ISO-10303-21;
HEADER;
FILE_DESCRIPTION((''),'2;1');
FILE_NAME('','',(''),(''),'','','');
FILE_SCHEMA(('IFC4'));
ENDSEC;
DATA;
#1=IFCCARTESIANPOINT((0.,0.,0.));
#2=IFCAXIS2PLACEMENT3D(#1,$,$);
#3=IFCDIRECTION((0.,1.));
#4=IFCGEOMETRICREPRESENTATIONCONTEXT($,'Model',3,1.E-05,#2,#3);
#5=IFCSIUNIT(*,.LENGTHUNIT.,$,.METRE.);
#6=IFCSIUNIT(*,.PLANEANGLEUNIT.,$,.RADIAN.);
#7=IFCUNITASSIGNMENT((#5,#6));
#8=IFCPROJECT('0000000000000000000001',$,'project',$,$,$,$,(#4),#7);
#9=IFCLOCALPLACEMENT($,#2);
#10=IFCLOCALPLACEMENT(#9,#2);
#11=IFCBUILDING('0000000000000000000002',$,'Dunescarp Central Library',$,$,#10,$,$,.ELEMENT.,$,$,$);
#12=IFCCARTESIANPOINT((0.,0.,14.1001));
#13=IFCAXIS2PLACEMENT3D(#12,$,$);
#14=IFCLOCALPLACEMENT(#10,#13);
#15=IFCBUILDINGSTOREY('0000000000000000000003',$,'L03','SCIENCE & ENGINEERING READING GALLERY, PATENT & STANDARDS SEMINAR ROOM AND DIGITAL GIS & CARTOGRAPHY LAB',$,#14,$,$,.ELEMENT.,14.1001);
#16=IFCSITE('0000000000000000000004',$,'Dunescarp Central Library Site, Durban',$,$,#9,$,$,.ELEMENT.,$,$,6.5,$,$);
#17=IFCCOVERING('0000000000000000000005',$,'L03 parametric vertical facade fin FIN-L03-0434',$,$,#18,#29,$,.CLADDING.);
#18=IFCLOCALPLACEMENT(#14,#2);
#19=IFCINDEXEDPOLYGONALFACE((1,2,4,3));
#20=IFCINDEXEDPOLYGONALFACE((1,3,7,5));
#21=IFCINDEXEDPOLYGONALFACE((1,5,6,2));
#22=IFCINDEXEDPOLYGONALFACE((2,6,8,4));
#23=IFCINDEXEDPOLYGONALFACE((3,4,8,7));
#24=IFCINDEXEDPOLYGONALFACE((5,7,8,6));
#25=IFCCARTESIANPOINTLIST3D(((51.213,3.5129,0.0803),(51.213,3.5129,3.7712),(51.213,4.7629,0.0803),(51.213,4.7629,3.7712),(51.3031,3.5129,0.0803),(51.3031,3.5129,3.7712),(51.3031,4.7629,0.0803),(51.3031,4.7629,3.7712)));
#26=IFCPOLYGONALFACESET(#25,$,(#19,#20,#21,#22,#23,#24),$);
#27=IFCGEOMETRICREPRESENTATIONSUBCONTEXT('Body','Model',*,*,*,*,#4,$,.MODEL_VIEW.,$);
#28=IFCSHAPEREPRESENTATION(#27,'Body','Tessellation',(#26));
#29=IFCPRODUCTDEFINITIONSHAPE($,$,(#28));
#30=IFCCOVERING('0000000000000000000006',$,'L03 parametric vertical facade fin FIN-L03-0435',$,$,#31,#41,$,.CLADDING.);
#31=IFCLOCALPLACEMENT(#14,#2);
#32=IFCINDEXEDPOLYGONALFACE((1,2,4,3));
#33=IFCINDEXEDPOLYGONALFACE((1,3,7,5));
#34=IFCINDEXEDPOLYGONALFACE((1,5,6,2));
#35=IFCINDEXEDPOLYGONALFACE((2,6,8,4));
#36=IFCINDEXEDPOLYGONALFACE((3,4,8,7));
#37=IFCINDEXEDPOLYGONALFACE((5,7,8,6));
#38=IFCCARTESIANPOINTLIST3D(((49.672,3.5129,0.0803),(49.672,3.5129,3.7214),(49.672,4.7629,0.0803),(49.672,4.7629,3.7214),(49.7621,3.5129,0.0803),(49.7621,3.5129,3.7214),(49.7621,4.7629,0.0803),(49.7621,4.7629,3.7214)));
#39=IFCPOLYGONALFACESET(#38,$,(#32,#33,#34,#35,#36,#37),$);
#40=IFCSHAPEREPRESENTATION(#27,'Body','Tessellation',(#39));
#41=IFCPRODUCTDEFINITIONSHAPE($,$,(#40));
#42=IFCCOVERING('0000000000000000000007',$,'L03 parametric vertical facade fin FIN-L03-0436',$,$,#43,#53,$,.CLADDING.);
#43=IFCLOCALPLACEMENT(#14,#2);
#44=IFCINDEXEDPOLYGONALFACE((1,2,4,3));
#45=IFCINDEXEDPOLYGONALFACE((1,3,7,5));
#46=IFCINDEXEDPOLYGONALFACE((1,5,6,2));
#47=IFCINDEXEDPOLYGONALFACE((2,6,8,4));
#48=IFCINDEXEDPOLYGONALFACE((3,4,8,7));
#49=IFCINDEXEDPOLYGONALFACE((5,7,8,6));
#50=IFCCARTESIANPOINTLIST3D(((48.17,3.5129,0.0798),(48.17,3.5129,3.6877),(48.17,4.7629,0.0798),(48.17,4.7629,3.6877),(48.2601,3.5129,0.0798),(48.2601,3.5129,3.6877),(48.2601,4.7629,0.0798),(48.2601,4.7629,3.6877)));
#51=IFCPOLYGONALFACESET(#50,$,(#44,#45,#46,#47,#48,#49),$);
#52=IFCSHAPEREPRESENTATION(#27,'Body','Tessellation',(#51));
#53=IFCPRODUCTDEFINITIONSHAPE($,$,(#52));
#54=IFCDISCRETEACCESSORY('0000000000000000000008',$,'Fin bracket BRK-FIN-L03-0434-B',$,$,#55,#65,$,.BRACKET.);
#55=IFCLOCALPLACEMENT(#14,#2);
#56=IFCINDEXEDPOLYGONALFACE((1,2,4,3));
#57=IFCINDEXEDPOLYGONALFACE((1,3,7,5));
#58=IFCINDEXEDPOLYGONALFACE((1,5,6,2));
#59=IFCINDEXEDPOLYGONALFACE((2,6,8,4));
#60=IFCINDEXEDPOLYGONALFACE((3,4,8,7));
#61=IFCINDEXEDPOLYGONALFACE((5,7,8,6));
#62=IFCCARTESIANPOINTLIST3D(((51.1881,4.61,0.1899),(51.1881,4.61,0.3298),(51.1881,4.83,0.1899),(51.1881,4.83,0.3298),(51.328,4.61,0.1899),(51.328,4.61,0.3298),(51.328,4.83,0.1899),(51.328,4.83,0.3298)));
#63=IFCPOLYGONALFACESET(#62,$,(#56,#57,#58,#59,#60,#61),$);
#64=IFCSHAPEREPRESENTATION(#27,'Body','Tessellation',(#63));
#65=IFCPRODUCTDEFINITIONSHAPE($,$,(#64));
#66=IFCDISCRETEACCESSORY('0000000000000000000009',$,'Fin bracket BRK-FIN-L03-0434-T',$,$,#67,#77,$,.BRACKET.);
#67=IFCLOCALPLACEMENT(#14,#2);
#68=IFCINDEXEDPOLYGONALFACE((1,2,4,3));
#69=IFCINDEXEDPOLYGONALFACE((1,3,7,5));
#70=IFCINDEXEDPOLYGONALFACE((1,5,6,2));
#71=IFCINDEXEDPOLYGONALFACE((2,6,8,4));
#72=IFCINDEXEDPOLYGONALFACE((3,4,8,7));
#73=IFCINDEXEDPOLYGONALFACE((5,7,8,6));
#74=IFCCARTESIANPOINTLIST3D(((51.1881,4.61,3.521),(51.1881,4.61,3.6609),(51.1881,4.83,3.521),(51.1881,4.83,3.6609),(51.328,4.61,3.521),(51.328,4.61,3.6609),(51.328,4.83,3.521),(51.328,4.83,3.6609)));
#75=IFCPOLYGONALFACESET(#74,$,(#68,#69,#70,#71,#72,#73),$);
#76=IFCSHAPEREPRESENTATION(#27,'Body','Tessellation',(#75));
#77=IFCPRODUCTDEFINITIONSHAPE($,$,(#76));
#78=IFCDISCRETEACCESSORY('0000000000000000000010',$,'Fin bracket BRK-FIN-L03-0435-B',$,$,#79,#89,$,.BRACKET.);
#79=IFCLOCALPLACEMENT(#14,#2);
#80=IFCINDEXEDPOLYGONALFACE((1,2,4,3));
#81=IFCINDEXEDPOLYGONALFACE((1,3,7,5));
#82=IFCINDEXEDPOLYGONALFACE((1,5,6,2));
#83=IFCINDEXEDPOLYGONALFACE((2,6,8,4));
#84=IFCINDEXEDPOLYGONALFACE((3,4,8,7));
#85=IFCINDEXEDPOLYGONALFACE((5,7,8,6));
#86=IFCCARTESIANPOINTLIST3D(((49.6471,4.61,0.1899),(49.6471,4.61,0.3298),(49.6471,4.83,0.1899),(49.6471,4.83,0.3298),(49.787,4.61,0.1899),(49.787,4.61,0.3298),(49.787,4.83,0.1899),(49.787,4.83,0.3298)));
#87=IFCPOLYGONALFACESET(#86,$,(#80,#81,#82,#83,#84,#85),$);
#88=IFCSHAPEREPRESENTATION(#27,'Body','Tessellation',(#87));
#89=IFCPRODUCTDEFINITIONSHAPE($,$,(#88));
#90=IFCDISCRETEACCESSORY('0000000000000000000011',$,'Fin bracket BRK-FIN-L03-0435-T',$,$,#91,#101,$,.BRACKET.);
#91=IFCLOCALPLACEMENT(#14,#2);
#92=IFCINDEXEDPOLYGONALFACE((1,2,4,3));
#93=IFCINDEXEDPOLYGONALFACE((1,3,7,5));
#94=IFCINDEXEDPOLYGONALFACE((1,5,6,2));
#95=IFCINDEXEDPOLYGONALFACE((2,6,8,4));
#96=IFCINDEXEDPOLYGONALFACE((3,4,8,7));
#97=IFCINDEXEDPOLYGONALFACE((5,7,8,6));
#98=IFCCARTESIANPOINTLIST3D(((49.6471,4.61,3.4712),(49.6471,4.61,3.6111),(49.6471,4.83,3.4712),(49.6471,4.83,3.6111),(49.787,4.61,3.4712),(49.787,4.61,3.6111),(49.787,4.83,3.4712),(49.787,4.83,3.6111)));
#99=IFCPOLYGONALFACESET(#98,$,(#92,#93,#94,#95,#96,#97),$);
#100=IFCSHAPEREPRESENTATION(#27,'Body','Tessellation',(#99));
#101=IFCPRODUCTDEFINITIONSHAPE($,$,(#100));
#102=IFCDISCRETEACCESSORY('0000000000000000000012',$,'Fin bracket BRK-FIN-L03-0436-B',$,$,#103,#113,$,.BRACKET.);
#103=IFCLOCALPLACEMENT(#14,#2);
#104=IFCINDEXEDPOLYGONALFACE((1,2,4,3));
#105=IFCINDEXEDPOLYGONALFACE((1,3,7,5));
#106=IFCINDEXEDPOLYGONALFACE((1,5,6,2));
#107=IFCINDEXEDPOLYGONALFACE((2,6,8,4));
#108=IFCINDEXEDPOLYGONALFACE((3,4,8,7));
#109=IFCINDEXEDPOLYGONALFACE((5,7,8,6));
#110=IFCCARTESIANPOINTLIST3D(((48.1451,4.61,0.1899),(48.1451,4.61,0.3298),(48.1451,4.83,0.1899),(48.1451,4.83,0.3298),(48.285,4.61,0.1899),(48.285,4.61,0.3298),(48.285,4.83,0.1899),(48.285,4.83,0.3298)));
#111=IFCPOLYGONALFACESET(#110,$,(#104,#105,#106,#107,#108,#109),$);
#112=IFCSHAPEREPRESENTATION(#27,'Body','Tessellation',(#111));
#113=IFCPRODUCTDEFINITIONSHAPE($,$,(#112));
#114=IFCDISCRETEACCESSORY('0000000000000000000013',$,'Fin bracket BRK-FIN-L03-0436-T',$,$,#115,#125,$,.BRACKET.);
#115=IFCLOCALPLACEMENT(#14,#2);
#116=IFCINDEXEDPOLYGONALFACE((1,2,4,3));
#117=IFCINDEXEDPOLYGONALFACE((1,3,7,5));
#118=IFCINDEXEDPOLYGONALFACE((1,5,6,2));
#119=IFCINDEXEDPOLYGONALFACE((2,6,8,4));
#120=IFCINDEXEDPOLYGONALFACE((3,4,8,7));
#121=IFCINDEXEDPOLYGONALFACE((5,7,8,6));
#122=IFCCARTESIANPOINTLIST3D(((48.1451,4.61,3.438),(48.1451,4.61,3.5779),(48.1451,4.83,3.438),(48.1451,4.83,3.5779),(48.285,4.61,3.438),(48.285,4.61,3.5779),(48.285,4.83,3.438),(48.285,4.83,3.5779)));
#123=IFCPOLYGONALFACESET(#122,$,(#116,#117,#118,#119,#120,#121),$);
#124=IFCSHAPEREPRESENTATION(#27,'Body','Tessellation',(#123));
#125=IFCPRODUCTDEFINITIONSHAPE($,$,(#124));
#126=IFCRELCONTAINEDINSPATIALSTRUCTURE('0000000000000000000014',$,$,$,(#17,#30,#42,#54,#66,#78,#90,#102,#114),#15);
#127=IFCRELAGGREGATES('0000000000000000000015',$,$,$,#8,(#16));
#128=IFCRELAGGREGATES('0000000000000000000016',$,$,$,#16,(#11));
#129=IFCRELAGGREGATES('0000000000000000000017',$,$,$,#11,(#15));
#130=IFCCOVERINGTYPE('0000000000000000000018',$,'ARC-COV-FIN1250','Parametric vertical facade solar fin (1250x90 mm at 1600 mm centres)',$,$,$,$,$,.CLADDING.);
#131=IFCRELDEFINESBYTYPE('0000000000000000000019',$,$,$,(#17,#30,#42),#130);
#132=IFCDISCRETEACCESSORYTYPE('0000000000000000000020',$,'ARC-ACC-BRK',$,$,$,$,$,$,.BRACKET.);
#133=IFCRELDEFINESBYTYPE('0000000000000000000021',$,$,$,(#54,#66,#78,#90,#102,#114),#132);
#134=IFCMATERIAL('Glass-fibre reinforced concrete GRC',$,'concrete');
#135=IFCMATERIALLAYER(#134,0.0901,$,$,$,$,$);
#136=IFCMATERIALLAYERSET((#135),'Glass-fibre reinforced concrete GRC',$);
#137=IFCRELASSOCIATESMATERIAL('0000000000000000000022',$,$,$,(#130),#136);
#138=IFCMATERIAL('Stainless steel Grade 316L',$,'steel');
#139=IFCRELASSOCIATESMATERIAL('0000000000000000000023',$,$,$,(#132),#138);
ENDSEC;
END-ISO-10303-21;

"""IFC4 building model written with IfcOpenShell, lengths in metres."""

from ifc_helpers import new_model, si_unit, direction, frame, origin, origin_2d, place, context, subcontext, project, spatial, rectangle, extrude, material, layer, layer_set, type_object, element, save


model = new_model("IFC4")

# Units and contexts
model_context = context("Model", 3, precision=1e-05, world=origin(), true_north=direction((0.0, 1.0)))
body_context = subcontext(model_context, "Body", "Model", "MODEL_VIEW")
ifc_project = project(units=[si_unit("LENGTHUNIT", "METRE"), si_unit("PLANEANGLEUNIT", "RADIAN")], contexts=[model_context])

# Site, building, storey
site_placement = place(None, origin())
site = spatial("IfcSite", under=ifc_project, at=site_placement, Name="Dunescarp Central Library Site, Durban", CompositionType="ELEMENT", RefElevation=6.5)
building_placement = place(site_placement, origin())
building = spatial("IfcBuilding", under=site, at=building_placement, Name="Dunescarp Central Library", CompositionType="ELEMENT")
storey_placement = place(building_placement, frame((0.0, 0.0, 14.1001)))
storey = spatial("IfcBuildingStorey", under=building, at=storey_placement, Name="L03", Description="SCIENCE & ENGINEERING READING GALLERY, PATENT & STANDARDS SEMINAR ROOM AND DIGITAL GIS & CARTOGRAPHY LAB", CompositionType="ELEMENT", Elevation=14.1001)

# Coverings
ifc_material_1 = material(Name="Glass-fibre reinforced concrete GRC", Category="concrete")
ifc_layer_1 = layer(ifc_material_1, 0.0901)
ifc_layer_set_1 = layer_set([ifc_layer_1], Name="Glass-fibre reinforced concrete GRC")
covering_type = type_object("IfcCoveringType", Name="ARC-COV-FIN1250", Description="Parametric vertical facade solar fin (1250x90 mm at 1600 mm centres)", PredefinedType="CLADDING", material=ifc_layer_set_1)
covering_1_placement = place(storey_placement, frame((51.2581, 4.1379, 0.0803), z_axis=(0.0, 0.0, 1.0), x_axis=(0.0, -1.0, 0.0)))
element("IfcCovering", 1, at=covering_1_placement, inside=storey, type_object=covering_type, Name="L03 parametric vertical facade fin FIN-L03-0434", PredefinedType="CLADDING", context=body_context, shape_type="SweptSolid", body=[
    extrude(rectangle(XDim=1.25, YDim=0.0901, at=origin_2d()), origin(), (0.0, 0.0, 1.0), 3.6909),
])
covering_2_placement = place(storey_placement, frame((49.717, 4.1379, 0.0803), z_axis=(0.0, 0.0, 1.0), x_axis=(0.0, -1.0, 0.0)))
element("IfcCovering", 2, at=covering_2_placement, inside=storey, type_object=covering_type, Name="L03 parametric vertical facade fin FIN-L03-0435", PredefinedType="CLADDING", context=body_context, shape_type="SweptSolid", body=[
    extrude(rectangle(XDim=1.25, YDim=0.0901, at=origin_2d()), origin(), (0.0, 0.0, 1.0), 3.6411),
])
covering_3_placement = place(storey_placement, frame((48.2151, 4.1379, 0.0798), z_axis=(0.0, 0.0, 1.0), x_axis=(0.0, -1.0, 0.0)))
element("IfcCovering", 3, at=covering_3_placement, inside=storey, type_object=covering_type, Name="L03 parametric vertical facade fin FIN-L03-0436", PredefinedType="CLADDING", context=body_context, shape_type="SweptSolid", body=[
    extrude(rectangle(XDim=1.25, YDim=0.0901, at=origin_2d()), origin(), (0.0, 0.0, 1.0), 3.6079),
])

# Discrete accessories
ifc_material_2 = material(Name="Stainless steel Grade 316L", Category="steel")
discrete_accessory_type = type_object("IfcDiscreteAccessoryType", Name="ARC-ACC-BRK", PredefinedType="BRACKET", material=ifc_material_2)
for number, where, z_axis, x_axis, name in (
    (4, (51.2581, 4.72, 0.1899), (0.0, 0.0, 1.0), (0.0, -1.0, 0.0), "Fin bracket BRK-FIN-L03-0434-B"),
    (5, (51.2581, 4.72, 3.521), (0.0, 0.0, 1.0), (0.0, -1.0, 0.0), "Fin bracket BRK-FIN-L03-0434-T"),
    (6, (49.717, 4.72, 0.1899), (0.0, 0.0, 1.0), (0.0, -1.0, 0.0), "Fin bracket BRK-FIN-L03-0435-B"),
    (7, (49.717, 4.72, 3.4712), (0.0, 0.0, 1.0), (0.0, -1.0, 0.0), "Fin bracket BRK-FIN-L03-0435-T"),
    (8, (48.2151, 4.72, 0.1899), (0.0, 0.0, 1.0), (0.0, -1.0, 0.0), "Fin bracket BRK-FIN-L03-0436-B"),
    (9, (48.2151, 4.72, 3.438), (0.0, 0.0, 1.0), (0.0, -1.0, 0.0), "Fin bracket BRK-FIN-L03-0436-T"),
):
    element("IfcDiscreteAccessory", number, at=place(storey_placement, frame(where, z_axis=z_axis, x_axis=x_axis)), inside=storey, type_object=discrete_accessory_type, Name=name, PredefinedType="BRACKET", context=body_context, shape_type="SweptSolid", body=[
        extrude(rectangle(XDim=0.22, YDim=0.1399, at=origin_2d()), origin(), (0.0, 0.0, 1.0), 0.1399),
    ])

save(model, "model.ifc")
